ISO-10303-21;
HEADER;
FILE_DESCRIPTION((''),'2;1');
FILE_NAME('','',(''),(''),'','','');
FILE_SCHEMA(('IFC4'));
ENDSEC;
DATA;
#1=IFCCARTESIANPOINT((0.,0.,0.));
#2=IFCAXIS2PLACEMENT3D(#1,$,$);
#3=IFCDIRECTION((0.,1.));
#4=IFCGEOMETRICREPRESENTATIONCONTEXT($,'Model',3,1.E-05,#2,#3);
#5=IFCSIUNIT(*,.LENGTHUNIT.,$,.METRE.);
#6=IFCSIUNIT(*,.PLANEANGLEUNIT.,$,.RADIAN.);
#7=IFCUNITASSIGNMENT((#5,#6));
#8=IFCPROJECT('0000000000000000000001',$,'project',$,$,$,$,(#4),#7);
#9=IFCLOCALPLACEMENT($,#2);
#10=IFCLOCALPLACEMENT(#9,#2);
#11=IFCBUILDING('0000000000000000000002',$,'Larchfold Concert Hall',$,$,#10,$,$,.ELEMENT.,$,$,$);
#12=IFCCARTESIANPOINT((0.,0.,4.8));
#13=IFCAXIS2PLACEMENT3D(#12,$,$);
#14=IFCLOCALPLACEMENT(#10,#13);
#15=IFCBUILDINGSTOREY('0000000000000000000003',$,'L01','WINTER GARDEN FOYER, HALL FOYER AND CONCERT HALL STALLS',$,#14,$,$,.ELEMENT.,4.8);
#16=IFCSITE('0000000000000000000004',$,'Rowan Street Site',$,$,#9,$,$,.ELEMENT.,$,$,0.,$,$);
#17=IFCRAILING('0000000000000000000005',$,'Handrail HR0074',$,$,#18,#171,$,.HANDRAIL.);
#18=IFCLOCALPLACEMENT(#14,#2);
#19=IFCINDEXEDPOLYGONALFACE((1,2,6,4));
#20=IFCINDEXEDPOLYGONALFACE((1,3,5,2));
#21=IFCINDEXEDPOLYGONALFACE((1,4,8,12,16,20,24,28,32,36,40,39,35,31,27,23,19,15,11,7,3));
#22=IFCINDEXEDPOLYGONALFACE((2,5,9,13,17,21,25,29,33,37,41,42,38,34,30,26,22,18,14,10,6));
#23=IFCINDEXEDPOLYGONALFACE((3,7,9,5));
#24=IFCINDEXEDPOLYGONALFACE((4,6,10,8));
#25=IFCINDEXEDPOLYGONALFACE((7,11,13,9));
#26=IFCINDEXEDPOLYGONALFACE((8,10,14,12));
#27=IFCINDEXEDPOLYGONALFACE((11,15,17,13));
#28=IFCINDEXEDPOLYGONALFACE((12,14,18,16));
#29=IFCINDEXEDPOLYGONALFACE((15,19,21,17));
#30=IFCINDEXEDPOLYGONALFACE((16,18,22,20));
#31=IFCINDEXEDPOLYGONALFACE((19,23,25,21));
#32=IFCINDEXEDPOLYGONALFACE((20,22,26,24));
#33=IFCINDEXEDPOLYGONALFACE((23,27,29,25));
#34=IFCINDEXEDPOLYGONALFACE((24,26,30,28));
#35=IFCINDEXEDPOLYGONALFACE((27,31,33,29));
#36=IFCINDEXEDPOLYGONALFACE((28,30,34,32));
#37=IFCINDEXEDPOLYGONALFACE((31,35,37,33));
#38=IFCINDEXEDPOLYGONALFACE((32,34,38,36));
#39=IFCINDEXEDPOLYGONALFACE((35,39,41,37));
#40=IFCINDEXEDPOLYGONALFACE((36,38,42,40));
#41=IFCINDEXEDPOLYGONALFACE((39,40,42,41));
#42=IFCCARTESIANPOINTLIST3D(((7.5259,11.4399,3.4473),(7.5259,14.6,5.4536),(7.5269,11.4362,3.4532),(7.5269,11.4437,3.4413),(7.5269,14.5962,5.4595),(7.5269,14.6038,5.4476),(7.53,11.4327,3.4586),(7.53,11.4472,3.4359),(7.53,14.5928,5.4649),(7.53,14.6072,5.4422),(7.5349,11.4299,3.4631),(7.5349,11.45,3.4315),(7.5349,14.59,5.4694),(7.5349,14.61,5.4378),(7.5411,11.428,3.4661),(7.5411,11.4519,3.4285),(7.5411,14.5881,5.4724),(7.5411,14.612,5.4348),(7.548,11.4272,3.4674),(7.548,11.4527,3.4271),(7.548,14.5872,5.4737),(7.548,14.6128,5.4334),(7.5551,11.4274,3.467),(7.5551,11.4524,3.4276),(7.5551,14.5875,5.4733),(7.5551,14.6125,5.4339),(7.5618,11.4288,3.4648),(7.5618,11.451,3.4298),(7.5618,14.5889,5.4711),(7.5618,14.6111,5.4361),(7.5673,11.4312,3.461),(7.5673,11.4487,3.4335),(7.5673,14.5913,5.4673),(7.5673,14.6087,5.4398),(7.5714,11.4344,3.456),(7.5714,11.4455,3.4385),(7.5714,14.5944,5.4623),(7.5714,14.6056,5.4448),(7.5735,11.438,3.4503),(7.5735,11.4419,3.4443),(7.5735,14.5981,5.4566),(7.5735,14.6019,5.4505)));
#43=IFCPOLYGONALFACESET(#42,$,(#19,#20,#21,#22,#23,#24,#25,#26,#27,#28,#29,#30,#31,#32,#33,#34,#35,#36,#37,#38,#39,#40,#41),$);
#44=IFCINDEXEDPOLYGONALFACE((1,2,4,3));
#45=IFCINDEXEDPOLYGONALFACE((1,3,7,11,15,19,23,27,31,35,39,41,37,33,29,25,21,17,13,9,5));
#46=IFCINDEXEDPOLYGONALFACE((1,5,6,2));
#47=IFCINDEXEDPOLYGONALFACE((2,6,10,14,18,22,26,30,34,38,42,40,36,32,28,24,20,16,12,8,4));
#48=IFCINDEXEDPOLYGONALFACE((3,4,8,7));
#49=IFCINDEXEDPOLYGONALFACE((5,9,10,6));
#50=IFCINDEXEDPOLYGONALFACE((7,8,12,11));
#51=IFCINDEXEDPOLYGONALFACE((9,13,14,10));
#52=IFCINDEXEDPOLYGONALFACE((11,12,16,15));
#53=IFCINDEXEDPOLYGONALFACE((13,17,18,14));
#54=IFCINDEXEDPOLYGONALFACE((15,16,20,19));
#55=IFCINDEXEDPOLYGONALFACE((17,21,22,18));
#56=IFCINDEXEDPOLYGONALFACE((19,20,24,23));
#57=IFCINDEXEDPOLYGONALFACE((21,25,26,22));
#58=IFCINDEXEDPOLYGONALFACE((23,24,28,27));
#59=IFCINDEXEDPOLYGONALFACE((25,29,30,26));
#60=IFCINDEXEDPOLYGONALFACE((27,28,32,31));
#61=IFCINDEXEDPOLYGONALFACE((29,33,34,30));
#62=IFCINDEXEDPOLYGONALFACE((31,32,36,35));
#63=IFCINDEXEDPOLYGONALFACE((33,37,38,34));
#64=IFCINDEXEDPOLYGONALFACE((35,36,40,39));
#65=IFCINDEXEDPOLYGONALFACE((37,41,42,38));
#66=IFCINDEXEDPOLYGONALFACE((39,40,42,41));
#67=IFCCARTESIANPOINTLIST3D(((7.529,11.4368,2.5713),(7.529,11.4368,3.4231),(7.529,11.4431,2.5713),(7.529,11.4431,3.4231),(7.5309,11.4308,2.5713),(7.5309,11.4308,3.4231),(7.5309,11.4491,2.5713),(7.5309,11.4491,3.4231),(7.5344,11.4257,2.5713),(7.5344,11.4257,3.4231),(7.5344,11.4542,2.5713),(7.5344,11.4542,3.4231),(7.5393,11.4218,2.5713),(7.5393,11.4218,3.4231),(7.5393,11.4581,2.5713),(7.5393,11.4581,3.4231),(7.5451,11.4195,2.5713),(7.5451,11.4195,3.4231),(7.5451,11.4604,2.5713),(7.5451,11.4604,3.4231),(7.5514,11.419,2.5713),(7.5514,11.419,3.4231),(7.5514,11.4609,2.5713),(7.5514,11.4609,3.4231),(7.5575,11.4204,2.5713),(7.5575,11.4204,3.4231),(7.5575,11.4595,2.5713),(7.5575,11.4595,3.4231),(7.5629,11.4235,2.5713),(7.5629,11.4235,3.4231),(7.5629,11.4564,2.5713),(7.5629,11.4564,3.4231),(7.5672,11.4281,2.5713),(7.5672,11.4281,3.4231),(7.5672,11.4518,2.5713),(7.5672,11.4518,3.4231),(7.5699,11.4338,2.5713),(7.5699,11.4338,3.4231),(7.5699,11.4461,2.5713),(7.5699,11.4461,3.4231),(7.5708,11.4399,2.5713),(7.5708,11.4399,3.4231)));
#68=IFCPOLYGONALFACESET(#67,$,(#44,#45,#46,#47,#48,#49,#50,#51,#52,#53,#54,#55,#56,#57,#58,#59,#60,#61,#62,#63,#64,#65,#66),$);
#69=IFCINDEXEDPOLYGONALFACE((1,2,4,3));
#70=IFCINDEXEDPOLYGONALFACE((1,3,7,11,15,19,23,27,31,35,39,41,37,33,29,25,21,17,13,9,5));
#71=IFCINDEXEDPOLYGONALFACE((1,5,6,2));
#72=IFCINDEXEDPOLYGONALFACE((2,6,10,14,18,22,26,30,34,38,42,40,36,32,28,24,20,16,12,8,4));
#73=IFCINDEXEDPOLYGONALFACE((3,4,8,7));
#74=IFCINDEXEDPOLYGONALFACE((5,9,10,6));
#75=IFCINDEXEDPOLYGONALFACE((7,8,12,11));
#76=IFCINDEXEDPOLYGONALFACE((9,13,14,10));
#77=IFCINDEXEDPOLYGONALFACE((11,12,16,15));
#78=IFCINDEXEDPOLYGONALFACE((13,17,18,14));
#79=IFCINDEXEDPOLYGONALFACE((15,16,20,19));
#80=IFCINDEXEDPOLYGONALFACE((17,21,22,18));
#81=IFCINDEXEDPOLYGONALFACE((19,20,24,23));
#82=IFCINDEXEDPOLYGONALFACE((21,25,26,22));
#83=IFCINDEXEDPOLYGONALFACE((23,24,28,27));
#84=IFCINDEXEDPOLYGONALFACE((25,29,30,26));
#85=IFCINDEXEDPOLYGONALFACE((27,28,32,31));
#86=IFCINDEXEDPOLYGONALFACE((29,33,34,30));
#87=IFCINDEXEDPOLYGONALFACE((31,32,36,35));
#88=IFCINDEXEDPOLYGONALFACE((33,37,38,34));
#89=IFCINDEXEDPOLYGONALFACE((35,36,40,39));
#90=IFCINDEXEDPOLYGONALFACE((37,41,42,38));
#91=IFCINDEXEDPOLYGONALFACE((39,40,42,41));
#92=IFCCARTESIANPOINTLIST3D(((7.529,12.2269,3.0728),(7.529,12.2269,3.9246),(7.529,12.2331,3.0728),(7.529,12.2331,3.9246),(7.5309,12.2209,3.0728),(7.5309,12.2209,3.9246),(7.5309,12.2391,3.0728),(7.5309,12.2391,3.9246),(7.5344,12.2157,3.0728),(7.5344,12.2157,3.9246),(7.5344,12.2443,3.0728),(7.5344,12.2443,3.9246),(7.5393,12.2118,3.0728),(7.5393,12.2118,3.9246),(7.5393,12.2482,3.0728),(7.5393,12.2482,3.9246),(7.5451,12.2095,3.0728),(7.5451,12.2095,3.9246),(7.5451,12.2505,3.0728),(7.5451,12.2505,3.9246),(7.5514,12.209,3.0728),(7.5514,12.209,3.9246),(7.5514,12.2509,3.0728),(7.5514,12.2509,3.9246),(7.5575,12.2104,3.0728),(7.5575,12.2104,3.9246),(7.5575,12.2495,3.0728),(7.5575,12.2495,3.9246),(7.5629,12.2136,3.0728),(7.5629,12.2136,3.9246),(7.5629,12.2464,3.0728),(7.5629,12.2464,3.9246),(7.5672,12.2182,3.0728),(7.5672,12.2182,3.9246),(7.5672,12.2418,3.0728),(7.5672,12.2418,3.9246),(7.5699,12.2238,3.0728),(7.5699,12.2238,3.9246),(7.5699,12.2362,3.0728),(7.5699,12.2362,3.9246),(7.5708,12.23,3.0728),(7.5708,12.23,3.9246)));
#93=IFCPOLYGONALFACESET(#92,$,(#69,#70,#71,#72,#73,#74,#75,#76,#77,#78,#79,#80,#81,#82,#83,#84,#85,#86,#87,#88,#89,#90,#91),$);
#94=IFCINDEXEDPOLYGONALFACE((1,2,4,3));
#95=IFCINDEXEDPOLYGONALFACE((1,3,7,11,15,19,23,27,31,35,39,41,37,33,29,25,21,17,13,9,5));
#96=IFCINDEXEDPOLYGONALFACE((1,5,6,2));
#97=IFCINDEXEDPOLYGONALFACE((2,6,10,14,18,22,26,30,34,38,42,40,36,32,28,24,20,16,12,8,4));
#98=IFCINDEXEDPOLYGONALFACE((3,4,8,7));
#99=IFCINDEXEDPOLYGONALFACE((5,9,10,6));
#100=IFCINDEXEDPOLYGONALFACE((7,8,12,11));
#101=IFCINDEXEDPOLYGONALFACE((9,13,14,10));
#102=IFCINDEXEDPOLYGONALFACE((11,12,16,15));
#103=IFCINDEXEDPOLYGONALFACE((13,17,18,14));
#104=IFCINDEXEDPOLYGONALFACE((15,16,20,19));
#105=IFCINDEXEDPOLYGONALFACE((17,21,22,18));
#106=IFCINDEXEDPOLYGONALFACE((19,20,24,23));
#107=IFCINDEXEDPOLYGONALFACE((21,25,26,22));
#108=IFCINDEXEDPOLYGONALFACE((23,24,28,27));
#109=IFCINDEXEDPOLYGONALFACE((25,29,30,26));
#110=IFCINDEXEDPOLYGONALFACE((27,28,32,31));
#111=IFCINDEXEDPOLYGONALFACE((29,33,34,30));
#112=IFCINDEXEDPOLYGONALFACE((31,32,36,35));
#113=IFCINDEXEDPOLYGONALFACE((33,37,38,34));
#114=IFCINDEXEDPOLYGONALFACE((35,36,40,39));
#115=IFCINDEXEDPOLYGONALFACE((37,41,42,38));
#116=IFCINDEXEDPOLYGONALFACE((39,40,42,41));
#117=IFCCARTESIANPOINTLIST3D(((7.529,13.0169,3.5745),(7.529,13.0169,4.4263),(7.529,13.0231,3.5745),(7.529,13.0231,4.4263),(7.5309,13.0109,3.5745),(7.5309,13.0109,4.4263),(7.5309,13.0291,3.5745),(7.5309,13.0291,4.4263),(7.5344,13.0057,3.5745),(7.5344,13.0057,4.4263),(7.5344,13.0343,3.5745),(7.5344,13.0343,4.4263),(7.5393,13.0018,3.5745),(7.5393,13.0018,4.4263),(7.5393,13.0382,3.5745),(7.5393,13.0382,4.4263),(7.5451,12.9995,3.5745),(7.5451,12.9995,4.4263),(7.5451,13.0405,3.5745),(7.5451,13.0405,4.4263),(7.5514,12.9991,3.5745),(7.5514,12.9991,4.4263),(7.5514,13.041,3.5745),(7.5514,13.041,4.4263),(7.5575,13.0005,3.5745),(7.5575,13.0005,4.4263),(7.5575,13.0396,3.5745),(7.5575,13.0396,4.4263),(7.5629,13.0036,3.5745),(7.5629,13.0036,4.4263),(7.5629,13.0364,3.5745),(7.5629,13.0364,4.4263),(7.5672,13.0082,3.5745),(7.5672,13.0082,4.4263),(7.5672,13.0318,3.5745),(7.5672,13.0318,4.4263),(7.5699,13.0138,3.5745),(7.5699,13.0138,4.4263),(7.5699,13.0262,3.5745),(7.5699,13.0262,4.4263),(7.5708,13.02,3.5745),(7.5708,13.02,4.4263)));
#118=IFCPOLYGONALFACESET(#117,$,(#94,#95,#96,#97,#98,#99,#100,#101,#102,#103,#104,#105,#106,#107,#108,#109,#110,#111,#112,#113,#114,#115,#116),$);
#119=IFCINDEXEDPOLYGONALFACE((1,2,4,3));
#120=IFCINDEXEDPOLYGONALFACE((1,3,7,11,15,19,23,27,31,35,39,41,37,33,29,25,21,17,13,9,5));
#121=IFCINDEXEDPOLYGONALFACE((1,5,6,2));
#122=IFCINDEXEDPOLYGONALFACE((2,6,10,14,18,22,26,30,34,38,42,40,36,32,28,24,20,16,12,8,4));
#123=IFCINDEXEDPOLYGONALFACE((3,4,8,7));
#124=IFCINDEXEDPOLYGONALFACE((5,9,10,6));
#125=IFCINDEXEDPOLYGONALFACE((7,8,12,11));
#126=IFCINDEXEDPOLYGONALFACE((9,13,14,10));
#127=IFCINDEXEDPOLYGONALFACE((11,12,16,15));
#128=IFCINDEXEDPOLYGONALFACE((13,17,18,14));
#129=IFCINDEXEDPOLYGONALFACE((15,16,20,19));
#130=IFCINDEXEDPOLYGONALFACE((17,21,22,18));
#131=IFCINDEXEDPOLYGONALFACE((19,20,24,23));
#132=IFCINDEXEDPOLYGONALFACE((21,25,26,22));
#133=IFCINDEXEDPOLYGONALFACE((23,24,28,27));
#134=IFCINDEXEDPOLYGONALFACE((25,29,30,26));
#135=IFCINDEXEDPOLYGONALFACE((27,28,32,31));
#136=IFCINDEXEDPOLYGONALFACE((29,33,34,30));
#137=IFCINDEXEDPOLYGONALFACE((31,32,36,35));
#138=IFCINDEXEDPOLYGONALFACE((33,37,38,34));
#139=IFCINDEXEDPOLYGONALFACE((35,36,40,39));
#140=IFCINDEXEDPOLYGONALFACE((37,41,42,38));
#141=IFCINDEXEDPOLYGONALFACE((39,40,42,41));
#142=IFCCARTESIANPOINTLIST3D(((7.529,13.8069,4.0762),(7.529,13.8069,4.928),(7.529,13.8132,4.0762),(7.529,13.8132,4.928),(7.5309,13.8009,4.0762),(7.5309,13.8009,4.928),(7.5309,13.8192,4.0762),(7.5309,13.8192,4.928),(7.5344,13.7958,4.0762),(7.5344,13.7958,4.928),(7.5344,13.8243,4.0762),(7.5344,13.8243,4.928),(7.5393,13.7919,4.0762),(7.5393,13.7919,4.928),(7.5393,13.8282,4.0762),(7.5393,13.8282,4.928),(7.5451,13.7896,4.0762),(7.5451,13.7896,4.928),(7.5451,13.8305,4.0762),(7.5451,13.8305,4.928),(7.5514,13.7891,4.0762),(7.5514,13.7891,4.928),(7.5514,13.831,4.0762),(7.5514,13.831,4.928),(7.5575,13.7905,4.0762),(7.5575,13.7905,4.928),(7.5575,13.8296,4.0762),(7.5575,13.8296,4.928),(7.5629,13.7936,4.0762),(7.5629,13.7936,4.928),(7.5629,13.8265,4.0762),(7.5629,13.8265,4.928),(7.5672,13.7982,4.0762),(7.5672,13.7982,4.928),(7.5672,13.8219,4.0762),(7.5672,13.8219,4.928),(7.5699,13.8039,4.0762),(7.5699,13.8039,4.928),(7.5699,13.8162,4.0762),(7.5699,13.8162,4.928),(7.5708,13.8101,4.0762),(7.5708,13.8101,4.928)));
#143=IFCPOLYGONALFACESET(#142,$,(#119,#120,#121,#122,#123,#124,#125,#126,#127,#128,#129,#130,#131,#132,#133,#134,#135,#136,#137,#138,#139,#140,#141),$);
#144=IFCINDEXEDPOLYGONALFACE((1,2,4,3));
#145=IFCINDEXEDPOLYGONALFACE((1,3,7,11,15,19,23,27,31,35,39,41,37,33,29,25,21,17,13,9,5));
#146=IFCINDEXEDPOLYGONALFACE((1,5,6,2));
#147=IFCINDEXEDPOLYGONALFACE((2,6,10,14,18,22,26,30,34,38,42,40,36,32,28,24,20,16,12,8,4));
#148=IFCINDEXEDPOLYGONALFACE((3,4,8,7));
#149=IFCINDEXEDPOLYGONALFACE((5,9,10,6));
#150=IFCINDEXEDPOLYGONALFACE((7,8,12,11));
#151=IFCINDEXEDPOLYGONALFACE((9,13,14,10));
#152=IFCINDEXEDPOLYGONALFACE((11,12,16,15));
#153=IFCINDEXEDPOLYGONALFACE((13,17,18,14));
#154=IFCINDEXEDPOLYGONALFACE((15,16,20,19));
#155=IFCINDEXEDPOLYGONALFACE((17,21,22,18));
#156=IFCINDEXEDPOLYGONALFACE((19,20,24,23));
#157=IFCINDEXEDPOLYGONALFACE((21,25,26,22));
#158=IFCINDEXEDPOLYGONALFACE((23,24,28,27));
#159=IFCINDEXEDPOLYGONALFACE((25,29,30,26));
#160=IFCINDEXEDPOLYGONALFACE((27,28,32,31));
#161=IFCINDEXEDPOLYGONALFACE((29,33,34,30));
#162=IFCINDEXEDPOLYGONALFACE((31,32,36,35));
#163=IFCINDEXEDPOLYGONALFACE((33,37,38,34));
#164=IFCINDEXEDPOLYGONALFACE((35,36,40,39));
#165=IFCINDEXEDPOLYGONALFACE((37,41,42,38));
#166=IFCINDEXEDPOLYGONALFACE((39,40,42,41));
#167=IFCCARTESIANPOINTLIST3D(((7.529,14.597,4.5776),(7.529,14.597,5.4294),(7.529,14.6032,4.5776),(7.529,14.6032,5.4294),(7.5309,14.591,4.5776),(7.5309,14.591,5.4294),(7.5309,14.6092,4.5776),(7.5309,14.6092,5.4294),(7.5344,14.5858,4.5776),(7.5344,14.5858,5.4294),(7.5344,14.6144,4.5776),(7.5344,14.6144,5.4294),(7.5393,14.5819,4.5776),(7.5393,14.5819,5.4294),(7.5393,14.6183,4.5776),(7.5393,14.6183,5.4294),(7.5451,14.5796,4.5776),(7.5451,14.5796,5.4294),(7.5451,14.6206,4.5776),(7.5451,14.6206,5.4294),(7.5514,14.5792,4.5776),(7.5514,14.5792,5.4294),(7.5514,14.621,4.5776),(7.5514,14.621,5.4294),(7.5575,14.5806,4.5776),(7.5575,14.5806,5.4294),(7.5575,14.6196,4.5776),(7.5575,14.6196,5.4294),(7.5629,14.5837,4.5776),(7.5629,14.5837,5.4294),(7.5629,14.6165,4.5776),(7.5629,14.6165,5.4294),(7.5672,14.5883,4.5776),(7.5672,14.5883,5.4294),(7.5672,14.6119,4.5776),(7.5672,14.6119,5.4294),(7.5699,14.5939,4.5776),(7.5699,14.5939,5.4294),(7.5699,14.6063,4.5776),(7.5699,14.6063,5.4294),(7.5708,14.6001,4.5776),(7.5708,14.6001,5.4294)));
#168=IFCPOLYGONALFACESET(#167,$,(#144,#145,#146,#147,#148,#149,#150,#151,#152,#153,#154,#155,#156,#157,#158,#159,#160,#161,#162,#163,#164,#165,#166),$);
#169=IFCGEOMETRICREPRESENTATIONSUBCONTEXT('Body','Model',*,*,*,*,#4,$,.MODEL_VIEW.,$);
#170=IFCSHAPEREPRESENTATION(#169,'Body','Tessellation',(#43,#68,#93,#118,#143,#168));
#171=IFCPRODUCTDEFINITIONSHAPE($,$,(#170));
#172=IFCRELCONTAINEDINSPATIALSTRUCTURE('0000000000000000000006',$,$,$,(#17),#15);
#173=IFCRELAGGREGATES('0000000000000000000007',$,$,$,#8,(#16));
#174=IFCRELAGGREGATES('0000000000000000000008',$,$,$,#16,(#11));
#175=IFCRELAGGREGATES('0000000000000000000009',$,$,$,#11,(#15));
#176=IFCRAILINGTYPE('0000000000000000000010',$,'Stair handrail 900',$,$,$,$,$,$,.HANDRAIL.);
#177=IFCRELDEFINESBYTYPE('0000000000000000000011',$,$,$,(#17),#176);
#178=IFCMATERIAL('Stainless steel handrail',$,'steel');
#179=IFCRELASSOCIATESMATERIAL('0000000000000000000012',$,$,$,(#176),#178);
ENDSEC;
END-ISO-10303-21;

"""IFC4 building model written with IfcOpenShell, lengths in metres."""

from ifc_helpers import new_model, si_unit, direction, frame, origin, origin_2d, place, context, subcontext, project, spatial, circle, extrude, material, type_object, element, save


model = new_model("IFC4")

# Units and contexts
model_context = context("Model", 3, precision=1e-05, world=origin(), true_north=direction((0.0, 1.0)))
body_context = subcontext(model_context, "Body", "Model", "MODEL_VIEW")
ifc_project = project(units=[si_unit("LENGTHUNIT", "METRE"), si_unit("PLANEANGLEUNIT", "RADIAN")], contexts=[model_context])

# Site, building, storey
site_placement = place(None, origin())
site = spatial("IfcSite", under=ifc_project, at=site_placement, Name="Rowan Street Site", CompositionType="ELEMENT", RefElevation=0.0)
building_placement = place(site_placement, origin())
building = spatial("IfcBuilding", under=site, at=building_placement, Name="Larchfold Concert Hall", CompositionType="ELEMENT")
storey_placement = place(building_placement, frame((0.0, 0.0, 4.8)))
storey = spatial("IfcBuildingStorey", under=building, at=storey_placement, Name="L01", Description="WINTER GARDEN FOYER, HALL FOYER AND CONCERT HALL STALLS", CompositionType="ELEMENT", Elevation=4.8)

# Railing
ifc_material_1 = material(Name="Stainless steel handrail", Category="steel")
railing_type_1 = type_object("IfcRailingType", Name="Stair handrail 900", PredefinedType="HANDRAIL", material=ifc_material_1)
railing_1_placement = place(storey_placement, frame((7.5498, 11.4399, 2.5713)))
element("IfcRailing", 1, at=railing_1_placement, inside=storey, type_object=railing_type_1, Name="Handrail HR0074", PredefinedType="HANDRAIL", context=body_context, shape_type="SweptSolid", body=[
    extrude(circle(Radius=0.0239, at=origin_2d()), frame((0.0, 0.0, 0.876), z_axis=(0.0, 0.844225, 0.535989), x_axis=(-1.0, 0.0, 0.0)), (0.0, 0.0, 1.0), 3.7432),
    extrude(circle(Radius=0.021, at=origin_2d()), origin(), (0.0, 0.0, 1.0), 0.8518),
    extrude(circle(Radius=0.021, at=origin_2d()), frame((0.0, 0.79, 0.5015)), (0.0, 0.0, 1.0), 0.8518),
    extrude(circle(Radius=0.021, at=origin_2d()), frame((0.0, 1.5801, 1.0032)), (0.0, 0.0, 1.0), 0.8518),
    extrude(circle(Radius=0.021, at=origin_2d()), frame((0.0, 2.3701, 1.5049)), (0.0, 0.0, 1.0), 0.8518),
    extrude(circle(Radius=0.021, at=origin_2d()), frame((0.0, 3.1602, 2.0063)), (0.0, 0.0, 1.0), 0.8518),
])

save(model, "model.ifc")
